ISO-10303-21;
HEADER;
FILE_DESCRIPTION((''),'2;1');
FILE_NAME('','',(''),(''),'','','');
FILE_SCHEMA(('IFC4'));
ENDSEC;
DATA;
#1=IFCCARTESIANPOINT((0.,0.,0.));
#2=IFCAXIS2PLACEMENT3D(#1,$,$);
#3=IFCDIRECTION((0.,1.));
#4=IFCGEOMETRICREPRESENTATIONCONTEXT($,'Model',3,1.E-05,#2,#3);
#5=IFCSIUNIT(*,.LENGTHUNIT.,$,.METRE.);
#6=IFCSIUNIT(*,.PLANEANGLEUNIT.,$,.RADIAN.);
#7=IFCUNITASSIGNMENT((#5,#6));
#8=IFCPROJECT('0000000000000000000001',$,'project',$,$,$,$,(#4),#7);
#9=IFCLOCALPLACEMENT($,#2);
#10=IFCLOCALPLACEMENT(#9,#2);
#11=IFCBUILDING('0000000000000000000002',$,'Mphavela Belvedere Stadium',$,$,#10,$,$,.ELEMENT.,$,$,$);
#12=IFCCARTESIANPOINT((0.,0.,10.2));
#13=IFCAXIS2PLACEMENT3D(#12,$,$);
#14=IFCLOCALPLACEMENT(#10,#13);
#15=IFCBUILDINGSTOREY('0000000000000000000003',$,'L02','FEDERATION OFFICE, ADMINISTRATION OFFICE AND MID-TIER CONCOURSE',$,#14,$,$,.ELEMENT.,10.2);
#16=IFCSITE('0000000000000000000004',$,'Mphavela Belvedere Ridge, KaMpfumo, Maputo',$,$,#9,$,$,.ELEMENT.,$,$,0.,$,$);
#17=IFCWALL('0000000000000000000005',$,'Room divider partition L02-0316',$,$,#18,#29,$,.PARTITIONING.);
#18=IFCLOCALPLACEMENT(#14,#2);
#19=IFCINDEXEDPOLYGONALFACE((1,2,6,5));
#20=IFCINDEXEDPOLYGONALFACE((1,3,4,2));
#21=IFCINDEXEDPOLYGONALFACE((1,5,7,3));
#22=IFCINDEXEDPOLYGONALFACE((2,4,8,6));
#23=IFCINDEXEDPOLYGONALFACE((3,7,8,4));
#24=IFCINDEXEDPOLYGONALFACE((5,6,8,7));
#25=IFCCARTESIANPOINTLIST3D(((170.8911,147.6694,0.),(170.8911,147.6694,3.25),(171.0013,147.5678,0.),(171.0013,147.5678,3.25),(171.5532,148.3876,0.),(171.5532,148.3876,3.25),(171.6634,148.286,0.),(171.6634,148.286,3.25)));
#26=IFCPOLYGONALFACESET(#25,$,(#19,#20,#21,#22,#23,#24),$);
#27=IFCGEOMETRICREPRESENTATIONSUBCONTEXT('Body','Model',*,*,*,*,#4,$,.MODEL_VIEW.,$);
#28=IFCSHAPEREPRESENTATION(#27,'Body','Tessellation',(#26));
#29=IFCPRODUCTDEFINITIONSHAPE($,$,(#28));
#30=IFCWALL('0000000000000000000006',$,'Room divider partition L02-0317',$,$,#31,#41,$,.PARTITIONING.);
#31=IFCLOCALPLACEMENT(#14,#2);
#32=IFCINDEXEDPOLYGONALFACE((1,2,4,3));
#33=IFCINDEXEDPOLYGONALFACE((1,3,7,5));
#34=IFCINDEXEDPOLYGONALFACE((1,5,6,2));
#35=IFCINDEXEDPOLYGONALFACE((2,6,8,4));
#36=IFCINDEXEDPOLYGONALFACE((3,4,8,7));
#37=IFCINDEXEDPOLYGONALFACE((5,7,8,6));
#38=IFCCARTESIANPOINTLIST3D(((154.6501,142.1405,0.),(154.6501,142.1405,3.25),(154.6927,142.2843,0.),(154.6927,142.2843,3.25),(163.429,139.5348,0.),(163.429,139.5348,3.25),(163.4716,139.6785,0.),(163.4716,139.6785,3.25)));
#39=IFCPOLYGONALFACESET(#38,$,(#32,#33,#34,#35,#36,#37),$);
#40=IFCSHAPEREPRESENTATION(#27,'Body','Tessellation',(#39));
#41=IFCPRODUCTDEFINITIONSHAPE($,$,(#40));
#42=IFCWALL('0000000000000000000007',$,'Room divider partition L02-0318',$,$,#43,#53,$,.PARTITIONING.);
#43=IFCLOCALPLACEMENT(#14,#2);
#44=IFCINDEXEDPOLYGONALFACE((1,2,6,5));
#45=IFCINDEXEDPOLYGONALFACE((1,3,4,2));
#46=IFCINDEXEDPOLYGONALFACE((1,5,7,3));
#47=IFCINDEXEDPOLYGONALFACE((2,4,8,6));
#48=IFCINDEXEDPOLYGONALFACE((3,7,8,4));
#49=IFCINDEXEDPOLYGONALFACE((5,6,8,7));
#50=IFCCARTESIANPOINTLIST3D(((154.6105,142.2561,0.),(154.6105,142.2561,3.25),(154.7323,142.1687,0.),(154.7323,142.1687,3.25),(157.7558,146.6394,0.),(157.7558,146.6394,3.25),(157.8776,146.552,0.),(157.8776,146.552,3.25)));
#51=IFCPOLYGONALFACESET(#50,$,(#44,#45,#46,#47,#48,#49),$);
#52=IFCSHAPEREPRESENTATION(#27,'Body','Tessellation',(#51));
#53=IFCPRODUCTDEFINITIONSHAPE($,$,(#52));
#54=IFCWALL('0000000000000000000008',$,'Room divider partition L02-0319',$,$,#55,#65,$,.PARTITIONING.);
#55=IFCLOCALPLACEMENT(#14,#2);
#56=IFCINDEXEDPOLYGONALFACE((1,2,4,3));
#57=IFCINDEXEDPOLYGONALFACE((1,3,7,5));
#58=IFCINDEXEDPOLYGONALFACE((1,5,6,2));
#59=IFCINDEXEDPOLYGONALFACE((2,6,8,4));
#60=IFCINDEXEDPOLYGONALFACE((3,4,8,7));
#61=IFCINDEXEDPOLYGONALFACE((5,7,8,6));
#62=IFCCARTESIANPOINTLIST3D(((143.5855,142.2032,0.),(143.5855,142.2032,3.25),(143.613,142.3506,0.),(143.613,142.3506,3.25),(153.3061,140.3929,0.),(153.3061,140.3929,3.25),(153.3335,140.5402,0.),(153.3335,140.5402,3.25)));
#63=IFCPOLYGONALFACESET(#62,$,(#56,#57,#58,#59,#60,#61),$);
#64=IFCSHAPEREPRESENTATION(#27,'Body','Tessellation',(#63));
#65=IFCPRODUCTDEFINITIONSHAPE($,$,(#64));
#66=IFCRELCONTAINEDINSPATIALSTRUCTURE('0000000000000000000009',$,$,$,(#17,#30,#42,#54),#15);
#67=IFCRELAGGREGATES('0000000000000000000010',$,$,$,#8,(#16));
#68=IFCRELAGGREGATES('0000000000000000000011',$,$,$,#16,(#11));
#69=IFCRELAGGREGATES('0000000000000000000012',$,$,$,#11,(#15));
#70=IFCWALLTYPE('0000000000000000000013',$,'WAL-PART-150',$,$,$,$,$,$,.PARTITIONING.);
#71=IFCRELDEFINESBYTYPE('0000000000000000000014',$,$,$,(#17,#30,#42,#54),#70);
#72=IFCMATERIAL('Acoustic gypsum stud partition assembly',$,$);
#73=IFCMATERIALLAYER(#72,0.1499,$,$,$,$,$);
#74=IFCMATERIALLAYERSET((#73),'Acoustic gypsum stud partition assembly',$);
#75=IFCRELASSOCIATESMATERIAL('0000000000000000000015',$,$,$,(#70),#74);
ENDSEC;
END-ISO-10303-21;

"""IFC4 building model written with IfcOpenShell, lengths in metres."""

from ifc_helpers import new_model, si_unit, direction, frame, frame_2d, origin, place, context, subcontext, project, spatial, rectangle, extrude, material, layer, layer_set, type_object, element, save


model = new_model("IFC4")

# Units and contexts
model_context = context("Model", 3, precision=1e-05, world=origin(), true_north=direction((0.0, 1.0)))
body_context = subcontext(model_context, "Body", "Model", "MODEL_VIEW")
ifc_project = project(units=[si_unit("LENGTHUNIT", "METRE"), si_unit("PLANEANGLEUNIT", "RADIAN")], contexts=[model_context])

# Site, building, storey
site_placement = place(None, origin())
site = spatial("IfcSite", under=ifc_project, at=site_placement, Name="Mphavela Belvedere Ridge, KaMpfumo, Maputo", CompositionType="ELEMENT", RefElevation=0.0)
building_placement = place(site_placement, origin())
building = spatial("IfcBuilding", under=site, at=building_placement, Name="Mphavela Belvedere Stadium", CompositionType="ELEMENT")
storey_placement = place(building_placement, frame((0.0, 0.0, 10.2)))
storey = spatial("IfcBuildingStorey", under=building, at=storey_placement, Name="L02", Description="FEDERATION OFFICE, ADMINISTRATION OFFICE AND MID-TIER CONCOURSE", CompositionType="ELEMENT", Elevation=10.2)

# Shared definitions
ifc_material_1 = material(Name="Acoustic gypsum stud partition assembly")
ifc_layer = layer(ifc_material_1, 0.1499)
ifc_layer_set = layer_set([ifc_layer], Name="Acoustic gypsum stud partition assembly")
wall_type = type_object("IfcWallType", Name="WAL-PART-150", PredefinedType="PARTITIONING", material=ifc_layer_set)

# Walls
wall_1_placement = place(storey_placement, frame((170.9463, 147.6187, 0.0), z_axis=(0.0, 0.0, 1.0), x_axis=(0.677782, 0.735263, 0.0)))
element("IfcWall", 1, at=wall_1_placement, inside=storey, type_object=wall_type, Name="Room divider partition L02-0316", PredefinedType="PARTITIONING", context=body_context, shape_type="SweptSolid", body=[
    extrude(rectangle(XDim=0.9768, YDim=0.1499, at=frame_2d((0.4883, 0.0))), origin(), (0.0, 0.0, 1.0), 3.25),
])
wall_2_placement = place(storey_placement, frame((163.4502, 139.6067, 0.0), z_axis=(0.0, 0.0, 1.0), x_axis=(-0.958662, 0.284549, 0.0)))
element("IfcWall", 2, at=wall_2_placement, inside=storey, type_object=wall_type, Name="Room divider partition L02-0317", PredefinedType="PARTITIONING", context=body_context, shape_type="SweptSolid", body=[
    extrude(rectangle(XDim=9.1575, YDim=0.1499, at=frame_2d((4.5786, 0.0))), origin(), (0.0, 0.0, 1.0), 3.25),
])
wall_3_placement = place(storey_placement, frame((154.6714, 142.2124, 0.0), z_axis=(0.0, 0.0, 1.0), x_axis=(0.582996, 0.812475, 0.0)))
element("IfcWall", 3, at=wall_3_placement, inside=storey, type_object=wall_type, Name="Room divider partition L02-0318", PredefinedType="PARTITIONING", context=body_context, shape_type="SweptSolid", body=[
    extrude(rectangle(XDim=5.395, YDim=0.1499, at=frame_2d((2.6975, 0.0))), origin(), (0.0, 0.0, 1.0), 3.25),
])
wall_4_placement = place(storey_placement, frame((153.3198, 140.4666, 0.0), z_axis=(0.0, 0.0, 1.0), x_axis=(-0.983096, 0.183088, 0.0)))
element("IfcWall", 4, at=wall_4_placement, inside=storey, type_object=wall_type, Name="Room divider partition L02-0319", PredefinedType="PARTITIONING", context=body_context, shape_type="SweptSolid", body=[
    extrude(rectangle(XDim=9.8877, YDim=0.1499, at=frame_2d((4.9438, 0.0))), origin(), (0.0, 0.0, 1.0), 3.25),
])

save(model, "model.ifc")
